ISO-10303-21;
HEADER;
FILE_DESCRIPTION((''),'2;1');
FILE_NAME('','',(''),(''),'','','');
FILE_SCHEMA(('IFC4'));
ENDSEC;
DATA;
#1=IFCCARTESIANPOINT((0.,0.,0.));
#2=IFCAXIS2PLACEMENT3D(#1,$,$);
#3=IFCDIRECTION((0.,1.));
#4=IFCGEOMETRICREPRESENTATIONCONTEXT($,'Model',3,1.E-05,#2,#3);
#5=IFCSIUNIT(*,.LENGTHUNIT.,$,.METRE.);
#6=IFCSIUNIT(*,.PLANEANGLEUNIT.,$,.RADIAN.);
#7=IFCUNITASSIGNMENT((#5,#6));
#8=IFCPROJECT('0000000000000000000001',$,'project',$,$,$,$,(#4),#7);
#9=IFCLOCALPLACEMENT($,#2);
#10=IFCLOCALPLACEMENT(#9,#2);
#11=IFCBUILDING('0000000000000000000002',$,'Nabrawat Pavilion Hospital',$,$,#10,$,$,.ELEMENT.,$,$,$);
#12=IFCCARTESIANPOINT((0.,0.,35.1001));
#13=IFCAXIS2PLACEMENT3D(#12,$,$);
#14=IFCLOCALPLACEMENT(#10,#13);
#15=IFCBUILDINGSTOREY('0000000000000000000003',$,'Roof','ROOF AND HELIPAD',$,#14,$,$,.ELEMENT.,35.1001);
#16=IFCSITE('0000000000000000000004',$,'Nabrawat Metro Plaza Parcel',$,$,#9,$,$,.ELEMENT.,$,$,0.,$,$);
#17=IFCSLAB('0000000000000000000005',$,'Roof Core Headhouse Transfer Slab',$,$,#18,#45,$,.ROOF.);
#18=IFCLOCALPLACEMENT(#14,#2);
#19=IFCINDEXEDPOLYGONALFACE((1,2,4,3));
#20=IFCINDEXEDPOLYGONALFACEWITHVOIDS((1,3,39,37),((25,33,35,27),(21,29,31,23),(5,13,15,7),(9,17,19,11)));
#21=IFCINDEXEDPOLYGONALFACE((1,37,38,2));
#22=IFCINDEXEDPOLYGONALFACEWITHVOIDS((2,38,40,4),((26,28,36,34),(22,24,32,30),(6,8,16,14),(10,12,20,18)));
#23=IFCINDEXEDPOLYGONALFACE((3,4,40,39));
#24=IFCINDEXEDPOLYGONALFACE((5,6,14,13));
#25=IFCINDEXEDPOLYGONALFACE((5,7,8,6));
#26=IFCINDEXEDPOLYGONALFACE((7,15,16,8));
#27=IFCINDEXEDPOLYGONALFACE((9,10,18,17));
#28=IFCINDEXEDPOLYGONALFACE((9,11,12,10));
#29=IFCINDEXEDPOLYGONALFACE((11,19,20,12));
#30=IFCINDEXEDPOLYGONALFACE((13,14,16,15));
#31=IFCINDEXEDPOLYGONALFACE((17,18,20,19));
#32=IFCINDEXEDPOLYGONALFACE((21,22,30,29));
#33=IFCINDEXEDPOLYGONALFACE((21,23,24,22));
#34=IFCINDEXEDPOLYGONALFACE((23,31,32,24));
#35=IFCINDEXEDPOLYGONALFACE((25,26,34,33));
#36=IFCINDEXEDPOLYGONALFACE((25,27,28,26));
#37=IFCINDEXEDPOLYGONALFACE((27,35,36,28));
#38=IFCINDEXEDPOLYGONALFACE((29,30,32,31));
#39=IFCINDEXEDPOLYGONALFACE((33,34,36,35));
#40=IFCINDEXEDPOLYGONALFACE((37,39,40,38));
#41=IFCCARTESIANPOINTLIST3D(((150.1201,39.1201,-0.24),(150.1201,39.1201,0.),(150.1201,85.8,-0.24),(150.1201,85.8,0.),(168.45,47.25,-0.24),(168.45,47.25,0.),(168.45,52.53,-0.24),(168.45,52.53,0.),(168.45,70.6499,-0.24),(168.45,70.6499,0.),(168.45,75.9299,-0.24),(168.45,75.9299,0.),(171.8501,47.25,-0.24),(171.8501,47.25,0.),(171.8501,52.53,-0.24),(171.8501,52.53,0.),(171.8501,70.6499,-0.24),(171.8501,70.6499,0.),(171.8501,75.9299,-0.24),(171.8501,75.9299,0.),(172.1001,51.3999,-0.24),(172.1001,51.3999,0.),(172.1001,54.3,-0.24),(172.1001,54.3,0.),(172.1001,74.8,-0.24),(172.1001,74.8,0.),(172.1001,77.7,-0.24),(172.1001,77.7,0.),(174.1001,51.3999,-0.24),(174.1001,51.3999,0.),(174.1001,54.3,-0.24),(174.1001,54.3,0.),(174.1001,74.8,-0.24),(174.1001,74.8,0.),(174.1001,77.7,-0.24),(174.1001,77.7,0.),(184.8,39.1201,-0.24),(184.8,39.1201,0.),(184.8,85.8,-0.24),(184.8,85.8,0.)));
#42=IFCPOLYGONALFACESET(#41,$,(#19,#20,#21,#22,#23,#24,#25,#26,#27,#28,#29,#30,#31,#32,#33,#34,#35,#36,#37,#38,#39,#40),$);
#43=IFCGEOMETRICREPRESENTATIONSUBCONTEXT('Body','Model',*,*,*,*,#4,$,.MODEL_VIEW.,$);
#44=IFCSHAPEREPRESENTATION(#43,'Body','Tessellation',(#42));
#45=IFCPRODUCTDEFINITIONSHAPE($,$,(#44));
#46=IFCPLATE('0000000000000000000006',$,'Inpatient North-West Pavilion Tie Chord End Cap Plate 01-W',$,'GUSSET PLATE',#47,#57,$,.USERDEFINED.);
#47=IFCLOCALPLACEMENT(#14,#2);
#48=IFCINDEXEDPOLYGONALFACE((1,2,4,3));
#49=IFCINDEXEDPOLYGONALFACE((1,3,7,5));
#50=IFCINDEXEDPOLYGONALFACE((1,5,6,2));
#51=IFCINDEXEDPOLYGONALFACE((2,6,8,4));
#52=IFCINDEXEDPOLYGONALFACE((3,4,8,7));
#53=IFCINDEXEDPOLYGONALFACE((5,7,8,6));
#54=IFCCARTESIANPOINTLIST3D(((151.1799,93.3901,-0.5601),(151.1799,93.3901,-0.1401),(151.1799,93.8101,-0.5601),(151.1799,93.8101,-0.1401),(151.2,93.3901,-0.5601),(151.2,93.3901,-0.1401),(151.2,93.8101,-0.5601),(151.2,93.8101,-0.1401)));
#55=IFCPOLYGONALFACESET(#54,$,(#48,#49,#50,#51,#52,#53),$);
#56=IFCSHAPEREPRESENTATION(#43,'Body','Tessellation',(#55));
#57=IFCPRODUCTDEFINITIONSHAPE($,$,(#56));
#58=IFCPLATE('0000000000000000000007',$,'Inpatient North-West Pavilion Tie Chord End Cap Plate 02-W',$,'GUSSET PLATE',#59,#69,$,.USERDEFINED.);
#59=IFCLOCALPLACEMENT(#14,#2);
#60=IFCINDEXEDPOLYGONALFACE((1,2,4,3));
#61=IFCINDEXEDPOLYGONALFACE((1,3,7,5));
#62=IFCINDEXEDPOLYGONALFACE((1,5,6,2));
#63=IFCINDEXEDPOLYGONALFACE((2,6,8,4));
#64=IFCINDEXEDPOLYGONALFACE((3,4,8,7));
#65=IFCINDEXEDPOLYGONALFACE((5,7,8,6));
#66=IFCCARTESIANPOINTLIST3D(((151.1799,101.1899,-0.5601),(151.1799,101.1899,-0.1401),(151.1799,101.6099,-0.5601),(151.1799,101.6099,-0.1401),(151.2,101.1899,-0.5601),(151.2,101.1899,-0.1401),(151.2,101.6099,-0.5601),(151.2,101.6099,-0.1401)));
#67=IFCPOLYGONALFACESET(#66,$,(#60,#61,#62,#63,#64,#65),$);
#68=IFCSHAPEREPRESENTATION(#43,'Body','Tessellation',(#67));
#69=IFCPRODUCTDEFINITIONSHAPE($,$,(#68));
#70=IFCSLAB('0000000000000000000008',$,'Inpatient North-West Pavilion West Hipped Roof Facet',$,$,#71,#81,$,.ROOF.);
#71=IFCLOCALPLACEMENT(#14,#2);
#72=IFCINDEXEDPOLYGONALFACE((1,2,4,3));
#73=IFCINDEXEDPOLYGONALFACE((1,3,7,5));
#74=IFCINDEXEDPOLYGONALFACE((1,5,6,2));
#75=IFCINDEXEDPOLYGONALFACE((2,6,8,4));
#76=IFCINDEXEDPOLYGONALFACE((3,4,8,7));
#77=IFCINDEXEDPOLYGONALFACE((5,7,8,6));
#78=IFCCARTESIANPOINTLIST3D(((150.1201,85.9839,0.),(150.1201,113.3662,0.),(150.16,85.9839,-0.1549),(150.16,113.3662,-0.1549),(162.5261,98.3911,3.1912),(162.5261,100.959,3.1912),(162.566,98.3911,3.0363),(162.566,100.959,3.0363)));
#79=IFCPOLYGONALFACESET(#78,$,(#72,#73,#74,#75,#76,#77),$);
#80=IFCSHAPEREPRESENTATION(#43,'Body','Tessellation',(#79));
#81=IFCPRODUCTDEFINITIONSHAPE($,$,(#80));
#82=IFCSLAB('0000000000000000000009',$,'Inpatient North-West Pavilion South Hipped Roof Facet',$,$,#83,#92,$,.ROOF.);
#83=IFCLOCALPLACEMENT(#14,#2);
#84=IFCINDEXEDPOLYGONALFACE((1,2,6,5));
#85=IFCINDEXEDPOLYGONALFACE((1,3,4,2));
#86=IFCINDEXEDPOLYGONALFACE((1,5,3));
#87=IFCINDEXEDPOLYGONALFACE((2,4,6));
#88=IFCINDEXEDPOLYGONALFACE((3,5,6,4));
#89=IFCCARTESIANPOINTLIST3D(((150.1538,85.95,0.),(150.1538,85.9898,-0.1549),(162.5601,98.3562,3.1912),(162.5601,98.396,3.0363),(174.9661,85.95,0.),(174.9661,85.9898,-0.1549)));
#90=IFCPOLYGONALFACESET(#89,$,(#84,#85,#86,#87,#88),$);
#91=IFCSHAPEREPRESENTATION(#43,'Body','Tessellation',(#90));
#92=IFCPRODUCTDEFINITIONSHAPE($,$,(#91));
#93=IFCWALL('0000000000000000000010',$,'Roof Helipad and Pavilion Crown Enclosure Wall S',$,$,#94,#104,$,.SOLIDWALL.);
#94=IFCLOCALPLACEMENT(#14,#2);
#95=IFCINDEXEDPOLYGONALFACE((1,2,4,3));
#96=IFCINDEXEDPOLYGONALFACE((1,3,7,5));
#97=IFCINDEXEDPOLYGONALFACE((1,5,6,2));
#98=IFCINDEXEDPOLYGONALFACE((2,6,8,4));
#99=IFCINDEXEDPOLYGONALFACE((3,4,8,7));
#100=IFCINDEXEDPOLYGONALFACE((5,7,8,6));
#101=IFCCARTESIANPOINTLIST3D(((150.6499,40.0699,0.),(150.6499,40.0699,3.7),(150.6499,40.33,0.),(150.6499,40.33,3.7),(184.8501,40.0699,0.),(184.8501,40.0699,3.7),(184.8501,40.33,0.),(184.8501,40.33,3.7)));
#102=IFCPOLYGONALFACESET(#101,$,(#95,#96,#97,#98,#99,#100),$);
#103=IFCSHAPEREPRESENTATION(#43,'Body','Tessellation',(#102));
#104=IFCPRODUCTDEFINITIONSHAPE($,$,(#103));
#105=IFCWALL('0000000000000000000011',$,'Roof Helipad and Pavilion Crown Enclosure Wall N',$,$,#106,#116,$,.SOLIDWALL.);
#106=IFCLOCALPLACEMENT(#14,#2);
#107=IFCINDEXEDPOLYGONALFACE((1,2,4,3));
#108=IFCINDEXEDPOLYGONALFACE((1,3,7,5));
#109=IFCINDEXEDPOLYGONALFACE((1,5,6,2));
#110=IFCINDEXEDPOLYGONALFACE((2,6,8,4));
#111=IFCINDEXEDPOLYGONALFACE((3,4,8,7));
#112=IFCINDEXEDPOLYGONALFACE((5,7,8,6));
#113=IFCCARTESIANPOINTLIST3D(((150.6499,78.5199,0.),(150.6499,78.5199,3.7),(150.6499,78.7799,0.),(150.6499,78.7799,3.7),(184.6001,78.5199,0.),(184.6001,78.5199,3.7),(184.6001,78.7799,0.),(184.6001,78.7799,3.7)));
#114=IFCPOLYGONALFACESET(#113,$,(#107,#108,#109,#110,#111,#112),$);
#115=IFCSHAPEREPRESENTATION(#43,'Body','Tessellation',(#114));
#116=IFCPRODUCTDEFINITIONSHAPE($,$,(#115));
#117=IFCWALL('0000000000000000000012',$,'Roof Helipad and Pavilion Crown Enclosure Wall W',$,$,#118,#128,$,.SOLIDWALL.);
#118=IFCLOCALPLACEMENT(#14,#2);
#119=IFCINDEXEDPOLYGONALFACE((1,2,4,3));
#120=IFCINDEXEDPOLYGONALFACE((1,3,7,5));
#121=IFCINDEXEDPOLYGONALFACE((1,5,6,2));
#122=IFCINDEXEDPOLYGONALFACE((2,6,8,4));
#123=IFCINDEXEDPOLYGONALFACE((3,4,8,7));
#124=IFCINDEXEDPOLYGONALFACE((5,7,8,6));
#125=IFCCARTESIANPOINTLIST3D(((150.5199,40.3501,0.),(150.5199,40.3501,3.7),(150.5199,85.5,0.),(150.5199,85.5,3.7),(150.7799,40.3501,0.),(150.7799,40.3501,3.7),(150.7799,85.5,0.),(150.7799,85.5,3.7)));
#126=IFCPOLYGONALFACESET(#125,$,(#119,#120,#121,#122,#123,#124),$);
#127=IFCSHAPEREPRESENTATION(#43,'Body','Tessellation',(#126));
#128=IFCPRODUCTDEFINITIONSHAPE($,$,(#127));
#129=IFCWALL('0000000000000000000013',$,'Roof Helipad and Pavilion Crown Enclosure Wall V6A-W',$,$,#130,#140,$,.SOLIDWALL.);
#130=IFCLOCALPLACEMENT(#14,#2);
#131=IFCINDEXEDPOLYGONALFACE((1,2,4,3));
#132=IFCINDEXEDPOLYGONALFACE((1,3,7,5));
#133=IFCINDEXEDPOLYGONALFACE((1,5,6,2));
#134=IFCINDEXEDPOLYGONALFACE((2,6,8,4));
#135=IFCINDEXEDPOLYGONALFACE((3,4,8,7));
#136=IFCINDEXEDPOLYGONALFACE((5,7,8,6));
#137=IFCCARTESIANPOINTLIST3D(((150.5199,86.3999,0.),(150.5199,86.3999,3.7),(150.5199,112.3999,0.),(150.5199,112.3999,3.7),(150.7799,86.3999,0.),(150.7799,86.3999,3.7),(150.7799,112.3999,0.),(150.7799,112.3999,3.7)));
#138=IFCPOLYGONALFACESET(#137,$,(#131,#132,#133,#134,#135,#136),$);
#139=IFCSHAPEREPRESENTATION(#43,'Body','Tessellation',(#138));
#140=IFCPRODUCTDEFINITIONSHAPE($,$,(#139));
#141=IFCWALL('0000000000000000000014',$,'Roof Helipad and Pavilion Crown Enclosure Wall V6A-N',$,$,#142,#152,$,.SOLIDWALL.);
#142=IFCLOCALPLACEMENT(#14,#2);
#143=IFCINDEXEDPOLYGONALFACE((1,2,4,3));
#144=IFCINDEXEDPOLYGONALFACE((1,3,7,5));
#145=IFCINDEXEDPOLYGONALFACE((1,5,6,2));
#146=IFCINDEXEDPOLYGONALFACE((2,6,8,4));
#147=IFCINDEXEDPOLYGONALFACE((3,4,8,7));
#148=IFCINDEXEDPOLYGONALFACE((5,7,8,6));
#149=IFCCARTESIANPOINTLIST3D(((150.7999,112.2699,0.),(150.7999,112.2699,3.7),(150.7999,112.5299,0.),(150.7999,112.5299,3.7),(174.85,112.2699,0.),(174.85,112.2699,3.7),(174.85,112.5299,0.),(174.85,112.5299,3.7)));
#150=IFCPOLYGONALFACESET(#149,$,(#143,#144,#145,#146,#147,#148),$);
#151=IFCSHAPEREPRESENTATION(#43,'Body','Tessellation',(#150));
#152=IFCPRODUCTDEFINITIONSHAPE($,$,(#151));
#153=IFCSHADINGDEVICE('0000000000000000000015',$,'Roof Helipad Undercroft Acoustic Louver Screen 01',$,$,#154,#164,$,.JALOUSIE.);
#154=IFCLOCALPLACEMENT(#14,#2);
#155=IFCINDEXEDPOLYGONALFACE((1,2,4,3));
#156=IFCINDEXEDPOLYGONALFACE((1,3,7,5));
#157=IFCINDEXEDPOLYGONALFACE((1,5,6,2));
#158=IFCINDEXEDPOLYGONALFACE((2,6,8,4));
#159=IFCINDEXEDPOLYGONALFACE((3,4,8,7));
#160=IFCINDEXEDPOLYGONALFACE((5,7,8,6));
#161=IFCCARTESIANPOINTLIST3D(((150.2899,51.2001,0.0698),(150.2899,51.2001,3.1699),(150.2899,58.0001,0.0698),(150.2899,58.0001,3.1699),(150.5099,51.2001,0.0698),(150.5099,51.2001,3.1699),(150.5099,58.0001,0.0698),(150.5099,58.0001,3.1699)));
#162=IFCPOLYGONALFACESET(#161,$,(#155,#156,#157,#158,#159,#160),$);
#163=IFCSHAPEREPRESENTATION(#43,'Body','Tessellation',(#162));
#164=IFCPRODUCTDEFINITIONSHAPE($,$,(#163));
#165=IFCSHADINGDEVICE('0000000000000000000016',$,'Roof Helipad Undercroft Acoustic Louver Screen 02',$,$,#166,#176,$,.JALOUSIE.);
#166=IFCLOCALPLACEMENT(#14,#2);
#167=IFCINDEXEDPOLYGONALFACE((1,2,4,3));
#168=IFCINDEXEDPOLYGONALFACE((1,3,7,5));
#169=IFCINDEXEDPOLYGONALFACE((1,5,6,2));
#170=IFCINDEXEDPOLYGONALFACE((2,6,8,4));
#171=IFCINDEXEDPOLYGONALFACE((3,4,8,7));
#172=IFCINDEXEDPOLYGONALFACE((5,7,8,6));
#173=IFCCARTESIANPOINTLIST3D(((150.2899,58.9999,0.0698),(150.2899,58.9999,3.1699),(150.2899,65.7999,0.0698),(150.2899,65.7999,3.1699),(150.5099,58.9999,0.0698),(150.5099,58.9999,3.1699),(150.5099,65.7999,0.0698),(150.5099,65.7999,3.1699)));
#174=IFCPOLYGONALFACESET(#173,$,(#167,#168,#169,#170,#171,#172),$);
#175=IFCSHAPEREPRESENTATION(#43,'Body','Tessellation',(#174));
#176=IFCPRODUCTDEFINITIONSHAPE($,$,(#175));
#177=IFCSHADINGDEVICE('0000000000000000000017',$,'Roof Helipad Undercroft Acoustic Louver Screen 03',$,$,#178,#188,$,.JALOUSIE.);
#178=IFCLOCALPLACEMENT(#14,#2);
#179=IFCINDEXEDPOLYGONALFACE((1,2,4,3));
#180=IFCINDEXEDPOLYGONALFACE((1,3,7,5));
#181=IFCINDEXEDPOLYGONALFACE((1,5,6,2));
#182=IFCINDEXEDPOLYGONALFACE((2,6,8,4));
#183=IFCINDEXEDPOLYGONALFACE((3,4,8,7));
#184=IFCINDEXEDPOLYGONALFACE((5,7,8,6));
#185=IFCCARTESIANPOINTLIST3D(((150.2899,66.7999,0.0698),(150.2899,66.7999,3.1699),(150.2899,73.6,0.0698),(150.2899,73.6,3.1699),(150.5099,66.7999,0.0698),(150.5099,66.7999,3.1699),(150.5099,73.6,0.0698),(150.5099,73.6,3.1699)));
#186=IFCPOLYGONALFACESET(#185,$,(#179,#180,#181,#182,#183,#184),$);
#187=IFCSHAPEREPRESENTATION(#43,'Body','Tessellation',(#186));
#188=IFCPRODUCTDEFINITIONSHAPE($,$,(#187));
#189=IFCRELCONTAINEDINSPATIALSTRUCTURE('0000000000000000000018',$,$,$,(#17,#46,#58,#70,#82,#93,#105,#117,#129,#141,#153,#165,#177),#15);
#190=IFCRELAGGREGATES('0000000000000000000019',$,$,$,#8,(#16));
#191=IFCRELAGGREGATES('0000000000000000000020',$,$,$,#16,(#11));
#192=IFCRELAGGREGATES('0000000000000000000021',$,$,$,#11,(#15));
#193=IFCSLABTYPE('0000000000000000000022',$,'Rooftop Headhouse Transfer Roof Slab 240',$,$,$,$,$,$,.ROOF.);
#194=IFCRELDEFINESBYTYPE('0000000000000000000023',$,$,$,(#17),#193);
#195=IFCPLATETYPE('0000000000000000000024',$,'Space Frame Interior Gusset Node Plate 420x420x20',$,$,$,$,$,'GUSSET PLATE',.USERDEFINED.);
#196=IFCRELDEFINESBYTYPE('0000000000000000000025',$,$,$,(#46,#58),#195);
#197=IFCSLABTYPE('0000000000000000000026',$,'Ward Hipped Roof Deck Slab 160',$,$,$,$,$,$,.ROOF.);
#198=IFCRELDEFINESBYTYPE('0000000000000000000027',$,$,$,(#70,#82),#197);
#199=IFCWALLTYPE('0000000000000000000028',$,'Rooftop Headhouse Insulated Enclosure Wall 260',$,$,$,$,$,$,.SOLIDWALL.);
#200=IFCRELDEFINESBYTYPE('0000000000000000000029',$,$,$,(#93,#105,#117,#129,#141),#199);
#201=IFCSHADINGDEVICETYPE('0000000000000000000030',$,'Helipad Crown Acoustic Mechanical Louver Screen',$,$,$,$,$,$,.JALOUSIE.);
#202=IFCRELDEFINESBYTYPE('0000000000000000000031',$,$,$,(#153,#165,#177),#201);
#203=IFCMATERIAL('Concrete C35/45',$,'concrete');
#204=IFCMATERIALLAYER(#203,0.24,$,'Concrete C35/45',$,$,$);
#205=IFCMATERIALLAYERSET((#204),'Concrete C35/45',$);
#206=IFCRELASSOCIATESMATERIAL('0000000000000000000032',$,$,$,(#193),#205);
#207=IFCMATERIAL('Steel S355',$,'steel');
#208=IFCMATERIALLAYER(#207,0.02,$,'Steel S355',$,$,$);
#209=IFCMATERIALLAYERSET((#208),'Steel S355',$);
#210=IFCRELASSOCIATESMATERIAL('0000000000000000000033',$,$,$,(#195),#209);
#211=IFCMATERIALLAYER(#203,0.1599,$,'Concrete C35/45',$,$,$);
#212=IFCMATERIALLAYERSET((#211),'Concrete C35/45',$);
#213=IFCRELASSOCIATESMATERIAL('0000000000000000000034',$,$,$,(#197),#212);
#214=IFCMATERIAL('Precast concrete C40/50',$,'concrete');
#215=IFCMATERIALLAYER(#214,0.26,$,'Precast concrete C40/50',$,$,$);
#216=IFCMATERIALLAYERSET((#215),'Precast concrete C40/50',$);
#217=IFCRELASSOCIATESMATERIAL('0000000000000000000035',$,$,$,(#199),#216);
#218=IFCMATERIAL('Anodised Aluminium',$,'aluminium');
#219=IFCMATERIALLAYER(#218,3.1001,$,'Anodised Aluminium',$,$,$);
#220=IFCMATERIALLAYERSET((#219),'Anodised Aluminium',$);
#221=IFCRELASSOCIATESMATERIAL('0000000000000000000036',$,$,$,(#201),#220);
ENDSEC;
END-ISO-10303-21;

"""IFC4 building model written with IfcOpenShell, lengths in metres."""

from ifc_helpers import new_model, si_unit, direction, frame, frame_2d, origin, origin_2d, place, context, subcontext, project, spatial, polyline, rectangle, outline, extrude, material, layer, layer_set, type_object, element, save


model = new_model("IFC4")

# Units and contexts
model_context = context("Model", 3, precision=1e-05, world=origin(), true_north=direction((0.0, 1.0)))
body_context = subcontext(model_context, "Body", "Model", "MODEL_VIEW")
ifc_project = project(units=[si_unit("LENGTHUNIT", "METRE"), si_unit("PLANEANGLEUNIT", "RADIAN")], contexts=[model_context])

# Site, building, storey
site_placement = place(None, origin())
site = spatial("IfcSite", under=ifc_project, at=site_placement, Name="Nabrawat Metro Plaza Parcel", CompositionType="ELEMENT", RefElevation=0.0)
building_placement = place(site_placement, origin())
building = spatial("IfcBuilding", under=site, at=building_placement, Name="Nabrawat Pavilion Hospital", CompositionType="ELEMENT")
storey_placement = place(building_placement, frame((0.0, 0.0, 35.1001)))
storey = spatial("IfcBuildingStorey", under=building, at=storey_placement, Name="Roof", Description="ROOF AND HELIPAD", CompositionType="ELEMENT", Elevation=35.1001)

# Shared definitions
ifc_material_1 = material(Name="Steel S355", Category="steel")

# Slab
ifc_material_2 = material(Name="Concrete C35/45", Category="concrete")
ifc_layer_1 = layer(ifc_material_2, 0.24, Name="Concrete C35/45")
ifc_layer_set_1 = layer_set([ifc_layer_1], Name="Concrete C35/45")
slab_type_1 = type_object("IfcSlabType", Name="Rooftop Headhouse Transfer Roof Slab 240", PredefinedType="ROOF", material=ifc_layer_set_1)
slab_1_placement = place(storey_placement, frame((0.0, 0.0, -0.24)))
element("IfcSlab", 1, at=slab_1_placement, inside=storey, type_object=slab_type_1, Name="Roof Core Headhouse Transfer Slab", PredefinedType="ROOF", context=body_context, shape_type="SweptSolid", body=[
    extrude(outline(polyline([(150.1201, 39.1201), (184.8, 39.1201), (184.8, 85.8), (150.1201, 85.8), (150.1201, 39.1201)]), holes=[polyline([(174.1001, 54.3), (174.1001, 51.3999), (172.1001, 51.3999), (172.1001, 54.3), (174.1001, 54.3)]), polyline([(174.1001, 77.7), (174.1001, 74.8), (172.1001, 74.8), (172.1001, 77.7), (174.1001, 77.7)]), polyline([(171.8501, 47.25), (168.45, 47.25), (168.45, 52.53), (171.8501, 52.53), (171.8501, 47.25)]), polyline([(171.8501, 70.6499), (168.45, 70.6499), (168.45, 75.9299), (171.8501, 75.9299), (171.8501, 70.6499)])]), origin(), (0.0, 0.0, 1.0), 0.24),
])

# Plates
ifc_layer_2 = layer(ifc_material_1, 0.02, Name="Steel S355")
ifc_layer_set_2 = layer_set([ifc_layer_2], Name="Steel S355")
plate_type = type_object("IfcPlateType", Name="Space Frame Interior Gusset Node Plate 420x420x20", ElementType="GUSSET PLATE", PredefinedType="USERDEFINED", material=ifc_layer_set_2)
for number, where, z_axis, x_axis, name in (
    (2, (151.1899, 93.6001, -0.5601), (0.0, 0.0, 1.0), (1.0, 0.0, 0.0), "Inpatient North-West Pavilion Tie Chord End Cap Plate 01-W"),
    (3, (151.1899, 101.3999, -0.5601), (0.0, 0.0, 1.0), (1.0, 0.0, 0.0), "Inpatient North-West Pavilion Tie Chord End Cap Plate 02-W"),
):
    element("IfcPlate", number, at=place(storey_placement, frame(where, z_axis=z_axis, x_axis=x_axis)), inside=storey, type_object=plate_type, Name=name, ObjectType="GUSSET PLATE", PredefinedType="USERDEFINED", context=body_context, shape_type="SweptSolid", body=[
        extrude(rectangle(XDim=0.02, YDim=0.4199, at=origin_2d()), origin(), (0.0, 0.0, 1.0), 0.4199),
    ])

# Slabs
ifc_layer_3 = layer(ifc_material_2, 0.1599, Name="Concrete C35/45")
ifc_layer_set_3 = layer_set([ifc_layer_3], Name="Concrete C35/45")
slab_type_2 = type_object("IfcSlabType", Name="Ward Hipped Roof Deck Slab 160", PredefinedType="ROOF", material=ifc_layer_set_3)
slab_2_placement = place(storey_placement, frame((150.1201, 113.3662, 0.0), z_axis=(-0.249118, 0.0, 0.968473), x_axis=(0.0, -1.0, 0.0)))
element("IfcSlab", 4, at=slab_2_placement, inside=storey, type_object=slab_type_2, Name="Inpatient North-West Pavilion West Hipped Roof Facet", PredefinedType="ROOF", context=body_context, shape_type="SweptSolid", body=[
    extrude(outline(polyline([(0.0, 0.0), (27.3823, 0.0), (14.9751, 12.8099), (12.4072, 12.8099), (0.0, 0.0)])), origin(), (0.0, 0.0, -1.0), 0.1599),
])
slab_3_placement = place(storey_placement, frame((150.1538, 85.95, 0.0), z_axis=(0.0, -0.249113, 0.968474), x_axis=(1.0, 0.0, 0.0)))
element("IfcSlab", 5, at=slab_3_placement, inside=storey, type_object=slab_type_2, Name="Inpatient North-West Pavilion South Hipped Roof Facet", PredefinedType="ROOF", context=body_context, shape_type="SweptSolid", body=[
    extrude(outline(polyline([(0.0, 0.0), (24.8123, 0.0), (12.4062, 12.8101), (0.0, 0.0)])), origin(), (0.0, 0.0, -1.0), 0.1599),
])

# Walls
ifc_material_3 = material(Name="Precast concrete C40/50", Category="concrete")
ifc_layer_4 = layer(ifc_material_3, 0.26, Name="Precast concrete C40/50")
ifc_layer_set_4 = layer_set([ifc_layer_4], Name="Precast concrete C40/50")
wall_type = type_object("IfcWallType", Name="Rooftop Headhouse Insulated Enclosure Wall 260", PredefinedType="SOLIDWALL", material=ifc_layer_set_4)
wall_1_placement = place(storey_placement, frame((150.6499, 40.2, 0.0), z_axis=(0.0, 0.0, 1.0), x_axis=(1.0, 0.0, 0.0)))
element("IfcWall", 6, at=wall_1_placement, inside=storey, type_object=wall_type, Name="Roof Helipad and Pavilion Crown Enclosure Wall S", PredefinedType="SOLIDWALL", context=body_context, shape_type="SweptSolid", body=[
    extrude(rectangle(XDim=34.2002, YDim=0.26, at=frame_2d((17.1001, 0.0))), origin(), (0.0, 0.0, 1.0), 3.7),
])
wall_2_placement = place(storey_placement, frame((150.6499, 78.6499, 0.0), z_axis=(0.0, 0.0, 1.0), x_axis=(1.0, 0.0, 0.0)))
element("IfcWall", 7, at=wall_2_placement, inside=storey, type_object=wall_type, Name="Roof Helipad and Pavilion Crown Enclosure Wall N", PredefinedType="SOLIDWALL", context=body_context, shape_type="SweptSolid", body=[
    extrude(rectangle(XDim=33.9502, YDim=0.26, at=frame_2d((16.9751, 0.0))), origin(), (0.0, 0.0, 1.0), 3.7),
])
wall_3_placement = place(storey_placement, frame((150.6499, 40.3501, 0.0), z_axis=(0.0, 0.0, 1.0), x_axis=(0.0, 1.0, 0.0)))
element("IfcWall", 8, at=wall_3_placement, inside=storey, type_object=wall_type, Name="Roof Helipad and Pavilion Crown Enclosure Wall W", PredefinedType="SOLIDWALL", context=body_context, shape_type="SweptSolid", body=[
    extrude(rectangle(XDim=45.1499, YDim=0.26, at=frame_2d((22.575, 0.0))), origin(), (0.0, 0.0, 1.0), 3.7),
])
wall_4_placement = place(storey_placement, frame((150.6499, 86.3999, 0.0), z_axis=(0.0, 0.0, 1.0), x_axis=(0.0, 1.0, 0.0)))
element("IfcWall", 9, at=wall_4_placement, inside=storey, type_object=wall_type, Name="Roof Helipad and Pavilion Crown Enclosure Wall V6A-W", PredefinedType="SOLIDWALL", context=body_context, shape_type="SweptSolid", body=[
    extrude(rectangle(XDim=26.0, YDim=0.26, at=frame_2d((13.0, 0.0))), origin(), (0.0, 0.0, 1.0), 3.7),
])
wall_5_placement = place(storey_placement, frame((150.8, 112.3999, 0.0), z_axis=(0.0, 0.0, 1.0), x_axis=(1.0, 0.0, 0.0)))
element("IfcWall", 10, at=wall_5_placement, inside=storey, type_object=wall_type, Name="Roof Helipad and Pavilion Crown Enclosure Wall V6A-N", PredefinedType="SOLIDWALL", context=body_context, shape_type="SweptSolid", body=[
    extrude(rectangle(XDim=24.05, YDim=0.26, at=frame_2d((12.0249, 0.0))), origin(), (0.0, 0.0, 1.0), 3.7),
])

# Shading devices
ifc_material_4 = material(Name="Anodised Aluminium", Category="aluminium")
ifc_layer_5 = layer(ifc_material_4, 3.1001, Name="Anodised Aluminium")
ifc_layer_set_5 = layer_set([ifc_layer_5], Name="Anodised Aluminium")
shading_device_type = type_object("IfcShadingDeviceType", Name="Helipad Crown Acoustic Mechanical Louver Screen", PredefinedType="JALOUSIE", material=ifc_layer_set_5)
for number, where, z_axis, x_axis, name in (
    (11, (150.3999, 54.6001, 0.0698), (0.0, 0.0, 1.0), (0.0, 1.0, 0.0), "Roof Helipad Undercroft Acoustic Louver Screen 01"),
    (12, (150.3999, 62.3999, 0.0698), (0.0, 0.0, 1.0), (0.0, 1.0, 0.0), "Roof Helipad Undercroft Acoustic Louver Screen 02"),
    (13, (150.3999, 70.2, 0.0698), (0.0, 0.0, 1.0), (0.0, 1.0, 0.0), "Roof Helipad Undercroft Acoustic Louver Screen 03"),
):
    element("IfcShadingDevice", number, at=place(storey_placement, frame(where, z_axis=z_axis, x_axis=x_axis)), inside=storey, type_object=shading_device_type, Name=name, PredefinedType="JALOUSIE", context=body_context, shape_type="SweptSolid", body=[
        extrude(rectangle(XDim=6.8, YDim=0.22, at=origin_2d()), origin(), (0.0, 0.0, 1.0), 3.1001),
    ])

save(model, "model.ifc")
